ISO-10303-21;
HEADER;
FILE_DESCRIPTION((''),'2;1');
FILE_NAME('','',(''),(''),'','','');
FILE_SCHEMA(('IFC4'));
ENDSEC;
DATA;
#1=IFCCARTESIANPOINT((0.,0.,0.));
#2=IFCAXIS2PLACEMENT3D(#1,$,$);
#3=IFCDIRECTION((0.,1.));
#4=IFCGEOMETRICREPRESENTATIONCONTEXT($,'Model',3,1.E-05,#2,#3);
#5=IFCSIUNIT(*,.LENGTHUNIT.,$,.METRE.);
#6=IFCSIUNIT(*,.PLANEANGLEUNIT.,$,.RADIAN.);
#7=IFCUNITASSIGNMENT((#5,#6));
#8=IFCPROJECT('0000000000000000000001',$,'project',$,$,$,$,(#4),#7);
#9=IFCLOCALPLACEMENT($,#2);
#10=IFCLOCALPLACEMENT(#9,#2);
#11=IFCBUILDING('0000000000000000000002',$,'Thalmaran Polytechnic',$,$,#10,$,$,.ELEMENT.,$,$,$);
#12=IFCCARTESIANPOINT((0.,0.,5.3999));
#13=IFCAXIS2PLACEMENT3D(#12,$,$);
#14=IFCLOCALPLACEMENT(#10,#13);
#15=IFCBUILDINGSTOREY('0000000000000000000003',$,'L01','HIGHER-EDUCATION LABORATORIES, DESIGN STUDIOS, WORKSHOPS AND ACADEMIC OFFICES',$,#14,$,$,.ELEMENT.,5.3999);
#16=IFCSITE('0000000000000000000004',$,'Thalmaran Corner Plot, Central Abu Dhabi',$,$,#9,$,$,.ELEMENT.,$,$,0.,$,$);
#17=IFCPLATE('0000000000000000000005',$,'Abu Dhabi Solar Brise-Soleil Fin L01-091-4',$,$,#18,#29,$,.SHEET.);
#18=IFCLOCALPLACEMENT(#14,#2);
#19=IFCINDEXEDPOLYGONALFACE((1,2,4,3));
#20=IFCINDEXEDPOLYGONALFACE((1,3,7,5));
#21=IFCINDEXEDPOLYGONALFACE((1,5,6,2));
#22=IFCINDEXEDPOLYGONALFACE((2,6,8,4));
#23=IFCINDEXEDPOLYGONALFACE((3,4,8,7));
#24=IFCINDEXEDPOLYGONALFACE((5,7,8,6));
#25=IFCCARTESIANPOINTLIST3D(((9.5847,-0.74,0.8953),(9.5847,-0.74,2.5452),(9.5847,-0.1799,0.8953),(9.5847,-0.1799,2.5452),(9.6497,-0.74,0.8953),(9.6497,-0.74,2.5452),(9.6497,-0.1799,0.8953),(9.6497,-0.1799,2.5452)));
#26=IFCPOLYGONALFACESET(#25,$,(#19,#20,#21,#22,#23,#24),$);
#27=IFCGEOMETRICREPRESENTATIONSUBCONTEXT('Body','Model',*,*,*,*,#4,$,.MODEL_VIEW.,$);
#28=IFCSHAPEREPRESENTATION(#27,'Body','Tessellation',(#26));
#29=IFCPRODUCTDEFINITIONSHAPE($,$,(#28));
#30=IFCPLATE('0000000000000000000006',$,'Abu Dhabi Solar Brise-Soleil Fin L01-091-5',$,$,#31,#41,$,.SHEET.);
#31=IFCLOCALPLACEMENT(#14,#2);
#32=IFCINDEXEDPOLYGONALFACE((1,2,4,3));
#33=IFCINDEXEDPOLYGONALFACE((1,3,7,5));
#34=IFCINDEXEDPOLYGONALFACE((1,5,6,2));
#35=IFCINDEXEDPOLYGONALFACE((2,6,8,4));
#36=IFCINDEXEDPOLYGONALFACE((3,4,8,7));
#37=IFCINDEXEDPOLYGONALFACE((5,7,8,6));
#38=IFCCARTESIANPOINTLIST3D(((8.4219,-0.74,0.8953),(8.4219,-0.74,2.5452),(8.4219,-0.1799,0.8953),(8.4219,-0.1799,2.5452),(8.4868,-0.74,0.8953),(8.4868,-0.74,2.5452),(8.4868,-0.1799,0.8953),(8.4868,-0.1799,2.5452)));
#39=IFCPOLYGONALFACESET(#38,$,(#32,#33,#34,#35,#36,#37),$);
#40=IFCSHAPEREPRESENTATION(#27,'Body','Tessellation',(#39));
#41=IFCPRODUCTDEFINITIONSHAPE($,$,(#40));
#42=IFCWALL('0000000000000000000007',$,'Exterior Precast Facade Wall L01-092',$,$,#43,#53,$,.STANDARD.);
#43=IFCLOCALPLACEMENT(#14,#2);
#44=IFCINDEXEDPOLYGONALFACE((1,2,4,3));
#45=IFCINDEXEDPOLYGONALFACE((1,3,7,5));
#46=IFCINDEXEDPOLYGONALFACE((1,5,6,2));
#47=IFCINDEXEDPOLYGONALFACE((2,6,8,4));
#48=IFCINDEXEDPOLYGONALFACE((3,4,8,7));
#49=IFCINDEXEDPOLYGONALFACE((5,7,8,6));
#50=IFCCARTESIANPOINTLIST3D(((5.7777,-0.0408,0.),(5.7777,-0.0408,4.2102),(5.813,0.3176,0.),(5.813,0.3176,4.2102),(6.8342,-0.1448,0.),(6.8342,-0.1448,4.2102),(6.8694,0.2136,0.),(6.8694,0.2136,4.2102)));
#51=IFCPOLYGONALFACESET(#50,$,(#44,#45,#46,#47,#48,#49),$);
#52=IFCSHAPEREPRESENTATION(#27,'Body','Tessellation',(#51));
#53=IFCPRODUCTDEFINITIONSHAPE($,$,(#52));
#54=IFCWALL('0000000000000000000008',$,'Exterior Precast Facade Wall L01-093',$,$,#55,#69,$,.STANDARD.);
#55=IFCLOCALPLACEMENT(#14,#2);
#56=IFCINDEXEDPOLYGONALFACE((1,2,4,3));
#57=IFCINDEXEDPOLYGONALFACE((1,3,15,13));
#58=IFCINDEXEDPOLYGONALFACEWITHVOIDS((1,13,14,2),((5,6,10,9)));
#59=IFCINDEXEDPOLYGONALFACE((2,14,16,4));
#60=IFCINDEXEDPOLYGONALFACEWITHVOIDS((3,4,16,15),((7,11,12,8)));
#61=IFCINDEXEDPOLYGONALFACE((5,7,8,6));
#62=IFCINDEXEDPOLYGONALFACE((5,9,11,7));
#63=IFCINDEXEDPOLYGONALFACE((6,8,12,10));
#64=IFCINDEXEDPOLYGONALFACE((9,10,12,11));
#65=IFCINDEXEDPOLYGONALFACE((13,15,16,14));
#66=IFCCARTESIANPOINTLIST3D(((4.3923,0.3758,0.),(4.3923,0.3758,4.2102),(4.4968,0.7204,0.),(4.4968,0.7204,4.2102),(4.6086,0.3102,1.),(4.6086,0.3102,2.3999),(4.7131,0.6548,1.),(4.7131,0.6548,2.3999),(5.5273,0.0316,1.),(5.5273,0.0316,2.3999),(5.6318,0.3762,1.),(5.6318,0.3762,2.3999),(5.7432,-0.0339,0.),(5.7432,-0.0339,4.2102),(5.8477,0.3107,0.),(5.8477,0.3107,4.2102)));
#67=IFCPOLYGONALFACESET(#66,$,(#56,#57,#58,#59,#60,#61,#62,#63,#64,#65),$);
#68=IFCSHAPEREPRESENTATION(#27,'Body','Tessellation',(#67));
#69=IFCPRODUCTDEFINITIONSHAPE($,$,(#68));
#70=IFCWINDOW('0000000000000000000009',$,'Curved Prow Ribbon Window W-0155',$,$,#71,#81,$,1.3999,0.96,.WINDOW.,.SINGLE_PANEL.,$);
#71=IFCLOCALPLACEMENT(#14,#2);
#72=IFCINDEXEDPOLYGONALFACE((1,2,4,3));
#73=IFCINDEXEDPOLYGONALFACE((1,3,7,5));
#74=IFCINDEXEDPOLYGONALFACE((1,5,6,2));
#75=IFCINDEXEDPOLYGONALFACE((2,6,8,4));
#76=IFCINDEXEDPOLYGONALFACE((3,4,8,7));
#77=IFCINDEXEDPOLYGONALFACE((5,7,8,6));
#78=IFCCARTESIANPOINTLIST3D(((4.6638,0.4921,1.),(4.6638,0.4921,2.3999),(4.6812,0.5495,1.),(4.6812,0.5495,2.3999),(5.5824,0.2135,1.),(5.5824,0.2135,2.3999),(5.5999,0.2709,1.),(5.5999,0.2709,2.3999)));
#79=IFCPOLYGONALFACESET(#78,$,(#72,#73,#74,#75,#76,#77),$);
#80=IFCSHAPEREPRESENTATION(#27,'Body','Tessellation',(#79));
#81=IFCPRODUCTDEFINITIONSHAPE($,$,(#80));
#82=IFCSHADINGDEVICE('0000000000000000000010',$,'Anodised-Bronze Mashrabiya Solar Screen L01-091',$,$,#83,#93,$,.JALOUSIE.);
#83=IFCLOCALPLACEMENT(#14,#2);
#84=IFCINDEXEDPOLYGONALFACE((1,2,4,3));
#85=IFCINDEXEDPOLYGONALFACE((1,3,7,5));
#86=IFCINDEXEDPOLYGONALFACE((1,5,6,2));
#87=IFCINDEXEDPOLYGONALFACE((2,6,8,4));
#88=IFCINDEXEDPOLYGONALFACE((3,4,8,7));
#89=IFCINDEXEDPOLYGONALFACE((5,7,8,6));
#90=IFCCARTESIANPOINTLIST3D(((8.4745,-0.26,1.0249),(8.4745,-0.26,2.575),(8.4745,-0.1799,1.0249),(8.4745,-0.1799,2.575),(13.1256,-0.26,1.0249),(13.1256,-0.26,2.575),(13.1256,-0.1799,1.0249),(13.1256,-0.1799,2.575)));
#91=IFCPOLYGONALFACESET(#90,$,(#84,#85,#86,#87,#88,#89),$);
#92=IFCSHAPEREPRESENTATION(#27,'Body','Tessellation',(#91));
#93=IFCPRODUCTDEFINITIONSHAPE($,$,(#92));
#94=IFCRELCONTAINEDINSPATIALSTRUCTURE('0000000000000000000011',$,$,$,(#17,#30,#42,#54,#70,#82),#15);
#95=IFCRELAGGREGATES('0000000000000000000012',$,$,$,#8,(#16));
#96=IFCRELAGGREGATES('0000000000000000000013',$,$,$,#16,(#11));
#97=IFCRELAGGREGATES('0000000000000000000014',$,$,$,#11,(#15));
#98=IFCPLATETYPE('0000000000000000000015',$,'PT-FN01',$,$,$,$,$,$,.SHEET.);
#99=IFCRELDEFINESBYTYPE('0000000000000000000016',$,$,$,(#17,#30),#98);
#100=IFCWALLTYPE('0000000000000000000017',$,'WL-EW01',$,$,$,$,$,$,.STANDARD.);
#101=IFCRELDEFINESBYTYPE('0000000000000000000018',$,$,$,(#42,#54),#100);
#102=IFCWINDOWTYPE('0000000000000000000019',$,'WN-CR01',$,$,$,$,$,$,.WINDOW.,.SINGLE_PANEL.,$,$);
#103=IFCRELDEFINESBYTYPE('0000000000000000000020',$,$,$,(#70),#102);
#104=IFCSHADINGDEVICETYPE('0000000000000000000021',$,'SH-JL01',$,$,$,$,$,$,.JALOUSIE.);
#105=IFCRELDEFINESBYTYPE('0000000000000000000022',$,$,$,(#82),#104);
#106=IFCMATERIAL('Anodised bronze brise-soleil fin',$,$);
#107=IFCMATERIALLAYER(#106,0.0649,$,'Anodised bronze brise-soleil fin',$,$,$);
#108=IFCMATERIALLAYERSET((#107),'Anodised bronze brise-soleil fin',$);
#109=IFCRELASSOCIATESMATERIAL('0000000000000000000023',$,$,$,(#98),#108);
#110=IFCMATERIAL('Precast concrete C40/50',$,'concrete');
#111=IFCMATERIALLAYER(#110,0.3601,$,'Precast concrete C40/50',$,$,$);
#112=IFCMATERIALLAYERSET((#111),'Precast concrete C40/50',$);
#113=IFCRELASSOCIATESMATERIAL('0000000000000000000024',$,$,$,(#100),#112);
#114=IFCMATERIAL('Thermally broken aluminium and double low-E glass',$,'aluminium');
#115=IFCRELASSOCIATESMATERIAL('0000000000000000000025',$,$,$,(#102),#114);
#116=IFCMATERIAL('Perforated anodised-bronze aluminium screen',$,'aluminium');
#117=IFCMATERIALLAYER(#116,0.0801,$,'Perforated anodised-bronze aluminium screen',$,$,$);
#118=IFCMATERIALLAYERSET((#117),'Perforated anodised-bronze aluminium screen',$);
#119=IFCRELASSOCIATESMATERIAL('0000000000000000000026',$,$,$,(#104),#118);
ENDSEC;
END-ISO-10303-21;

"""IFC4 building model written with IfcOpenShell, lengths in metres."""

from ifc_helpers import new_model, si_unit, direction, frame, frame_2d, origin, origin_2d, place, context, subcontext, project, spatial, rectangle, extrude, material, layer, layer_set, type_object, element, fill, save


model = new_model("IFC4")

# Units and contexts
model_context = context("Model", 3, precision=1e-05, world=origin(), true_north=direction((0.0, 1.0)))
body_context = subcontext(model_context, "Body", "Model", "MODEL_VIEW")
ifc_project = project(units=[si_unit("LENGTHUNIT", "METRE"), si_unit("PLANEANGLEUNIT", "RADIAN")], contexts=[model_context])

# Site, building, storey
site_placement = place(None, origin())
site = spatial("IfcSite", under=ifc_project, at=site_placement, Name="Thalmaran Corner Plot, Central Abu Dhabi", CompositionType="ELEMENT", RefElevation=0.0)
building_placement = place(site_placement, origin())
building = spatial("IfcBuilding", under=site, at=building_placement, Name="Thalmaran Polytechnic", CompositionType="ELEMENT")
storey_placement = place(building_placement, frame((0.0, 0.0, 5.3999)))
storey = spatial("IfcBuildingStorey", under=building, at=storey_placement, Name="L01", Description="HIGHER-EDUCATION LABORATORIES, DESIGN STUDIOS, WORKSHOPS AND ACADEMIC OFFICES", CompositionType="ELEMENT", Elevation=5.3999)

# Plates
ifc_material_1 = material(Name="Anodised bronze brise-soleil fin")
ifc_layer_1 = layer(ifc_material_1, 0.0649, Name="Anodised bronze brise-soleil fin")
ifc_layer_set_1 = layer_set([ifc_layer_1], Name="Anodised bronze brise-soleil fin")
plate_type_1 = type_object("IfcPlateType", Name="PT-FN01", PredefinedType="SHEET", material=ifc_layer_set_1)
for number, where, z_axis, x_axis, name in (
    (1, (9.6172, -0.46, 0.8953), (0.0, 0.0, 1.0), (-1.0, 0.0, 0.0), "Abu Dhabi Solar Brise-Soleil Fin L01-091-4"),
    (2, (8.4543, -0.46, 0.8953), (0.0, 0.0, 1.0), (-1.0, 0.0, 0.0), "Abu Dhabi Solar Brise-Soleil Fin L01-091-5"),
):
    element("IfcPlate", number, at=place(storey_placement, frame(where, z_axis=z_axis, x_axis=x_axis)), inside=storey, type_object=plate_type_1, Name=name, PredefinedType="SHEET", context=body_context, shape_type="SweptSolid", body=[
        extrude(rectangle(XDim=0.0649, YDim=0.5601, at=origin_2d()), origin(), (0.0, 0.0, 1.0), 1.6499),
    ])

# Wall
ifc_material_2 = material(Name="Precast concrete C40/50", Category="concrete")
ifc_layer_2 = layer(ifc_material_2, 0.3601, Name="Precast concrete C40/50")
ifc_layer_set_2 = layer_set([ifc_layer_2], Name="Precast concrete C40/50")
wall_type = type_object("IfcWallType", Name="WL-EW01", PredefinedType="STANDARD", material=ifc_layer_set_2)
wall_1_placement = place(storey_placement, frame((6.8518, 0.0344, 0.0), z_axis=(0.0, 0.0, 1.0), x_axis=(-0.995189, 0.097978, 0.0)))
element("IfcWall", 3, at=wall_1_placement, inside=storey, type_object=wall_type, Name="Exterior Precast Facade Wall L01-092", PredefinedType="STANDARD", context=body_context, shape_type="SweptSolid", body=[
    extrude(rectangle(XDim=1.0615, YDim=0.3601, at=frame_2d((0.5308, 0.0))), origin(), (0.0, 0.0, 1.0), 4.2102),
])

# Wall, opening, window
wall_2_placement = place(storey_placement, frame((5.7954, 0.1384, 0.0), z_axis=(0.0, 0.0, 1.0), x_axis=(-0.95696, 0.290219, 0.0)))
wall_2 = element("IfcWall", 4, at=wall_2_placement, inside=storey, type_object=wall_type, Name="Exterior Precast Facade Wall L01-093", PredefinedType="STANDARD", context=body_context, shape_type="SweptSolid", body=[
    extrude(rectangle(XDim=1.4116, YDim=0.3601, at=frame_2d((0.7058, 0.0))), origin(), (0.0, 0.0, 1.0), 4.2102),
])
opening_placement = place(wall_2_placement, frame((0.2256, 0.0, 1.0)))
opening = element("IfcOpeningElement", 5, at=opening_placement, cuts=wall_2, PredefinedType="OPENING", context=body_context, shape_type="SweptSolid", body=[
    extrude(rectangle(XDim=0.96, YDim=1.3999, at=frame_2d((0.48, 0.7))), frame((0.0, 0.1899, 0.0), z_axis=(0.0, -1.0, 0.0), x_axis=(1.0, 0.0, 0.0)), (0.0, 0.0, 1.0), 0.3801),
])
ifc_material_3 = material(Name="Thermally broken aluminium and double low-E glass", Category="aluminium")
window_type = type_object("IfcWindowType", Name="WN-CR01", PartitioningType="SINGLE_PANEL", PredefinedType="WINDOW", material=ifc_material_3)
window_placement = place(opening_placement, origin())
window = element("IfcWindow", 6, at=window_placement, inside=storey, type_object=window_type, Name="Curved Prow Ribbon Window W-0155", OverallHeight=1.3999, OverallWidth=0.96, PartitioningType="SINGLE_PANEL", PredefinedType="WINDOW", context=body_context, shape_type="SweptSolid", body=[
    extrude(rectangle(XDim=0.96, YDim=1.3999, at=frame_2d((0.48, 0.7))), frame((0.0, -0.01, 0.0), z_axis=(0.0, -1.0, 0.0), x_axis=(1.0, 0.0, 0.0)), (0.0, 0.0, 1.0), 0.0601),
])
fill(opening, window)

# Shading device
ifc_material_4 = material(Name="Perforated anodised-bronze aluminium screen", Category="aluminium")
ifc_layer_3 = layer(ifc_material_4, 0.0801, Name="Perforated anodised-bronze aluminium screen")
ifc_layer_set_3 = layer_set([ifc_layer_3], Name="Perforated anodised-bronze aluminium screen")
shading_device_type = type_object("IfcShadingDeviceType", Name="SH-JL01", PredefinedType="JALOUSIE", material=ifc_layer_set_3)
shading_device_placement = place(storey_placement, frame((10.8, -0.22, 1.0249), z_axis=(0.0, 0.0, 1.0), x_axis=(-1.0, 0.0, 0.0)))
element("IfcShadingDevice", 7, at=shading_device_placement, inside=storey, type_object=shading_device_type, Name="Anodised-Bronze Mashrabiya Solar Screen L01-091", PredefinedType="JALOUSIE", context=body_context, shape_type="SweptSolid", body=[
    extrude(rectangle(XDim=4.6511, YDim=0.0801, at=origin_2d()), origin(), (0.0, 0.0, 1.0), 1.55),
])

save(model, "model.ifc")
